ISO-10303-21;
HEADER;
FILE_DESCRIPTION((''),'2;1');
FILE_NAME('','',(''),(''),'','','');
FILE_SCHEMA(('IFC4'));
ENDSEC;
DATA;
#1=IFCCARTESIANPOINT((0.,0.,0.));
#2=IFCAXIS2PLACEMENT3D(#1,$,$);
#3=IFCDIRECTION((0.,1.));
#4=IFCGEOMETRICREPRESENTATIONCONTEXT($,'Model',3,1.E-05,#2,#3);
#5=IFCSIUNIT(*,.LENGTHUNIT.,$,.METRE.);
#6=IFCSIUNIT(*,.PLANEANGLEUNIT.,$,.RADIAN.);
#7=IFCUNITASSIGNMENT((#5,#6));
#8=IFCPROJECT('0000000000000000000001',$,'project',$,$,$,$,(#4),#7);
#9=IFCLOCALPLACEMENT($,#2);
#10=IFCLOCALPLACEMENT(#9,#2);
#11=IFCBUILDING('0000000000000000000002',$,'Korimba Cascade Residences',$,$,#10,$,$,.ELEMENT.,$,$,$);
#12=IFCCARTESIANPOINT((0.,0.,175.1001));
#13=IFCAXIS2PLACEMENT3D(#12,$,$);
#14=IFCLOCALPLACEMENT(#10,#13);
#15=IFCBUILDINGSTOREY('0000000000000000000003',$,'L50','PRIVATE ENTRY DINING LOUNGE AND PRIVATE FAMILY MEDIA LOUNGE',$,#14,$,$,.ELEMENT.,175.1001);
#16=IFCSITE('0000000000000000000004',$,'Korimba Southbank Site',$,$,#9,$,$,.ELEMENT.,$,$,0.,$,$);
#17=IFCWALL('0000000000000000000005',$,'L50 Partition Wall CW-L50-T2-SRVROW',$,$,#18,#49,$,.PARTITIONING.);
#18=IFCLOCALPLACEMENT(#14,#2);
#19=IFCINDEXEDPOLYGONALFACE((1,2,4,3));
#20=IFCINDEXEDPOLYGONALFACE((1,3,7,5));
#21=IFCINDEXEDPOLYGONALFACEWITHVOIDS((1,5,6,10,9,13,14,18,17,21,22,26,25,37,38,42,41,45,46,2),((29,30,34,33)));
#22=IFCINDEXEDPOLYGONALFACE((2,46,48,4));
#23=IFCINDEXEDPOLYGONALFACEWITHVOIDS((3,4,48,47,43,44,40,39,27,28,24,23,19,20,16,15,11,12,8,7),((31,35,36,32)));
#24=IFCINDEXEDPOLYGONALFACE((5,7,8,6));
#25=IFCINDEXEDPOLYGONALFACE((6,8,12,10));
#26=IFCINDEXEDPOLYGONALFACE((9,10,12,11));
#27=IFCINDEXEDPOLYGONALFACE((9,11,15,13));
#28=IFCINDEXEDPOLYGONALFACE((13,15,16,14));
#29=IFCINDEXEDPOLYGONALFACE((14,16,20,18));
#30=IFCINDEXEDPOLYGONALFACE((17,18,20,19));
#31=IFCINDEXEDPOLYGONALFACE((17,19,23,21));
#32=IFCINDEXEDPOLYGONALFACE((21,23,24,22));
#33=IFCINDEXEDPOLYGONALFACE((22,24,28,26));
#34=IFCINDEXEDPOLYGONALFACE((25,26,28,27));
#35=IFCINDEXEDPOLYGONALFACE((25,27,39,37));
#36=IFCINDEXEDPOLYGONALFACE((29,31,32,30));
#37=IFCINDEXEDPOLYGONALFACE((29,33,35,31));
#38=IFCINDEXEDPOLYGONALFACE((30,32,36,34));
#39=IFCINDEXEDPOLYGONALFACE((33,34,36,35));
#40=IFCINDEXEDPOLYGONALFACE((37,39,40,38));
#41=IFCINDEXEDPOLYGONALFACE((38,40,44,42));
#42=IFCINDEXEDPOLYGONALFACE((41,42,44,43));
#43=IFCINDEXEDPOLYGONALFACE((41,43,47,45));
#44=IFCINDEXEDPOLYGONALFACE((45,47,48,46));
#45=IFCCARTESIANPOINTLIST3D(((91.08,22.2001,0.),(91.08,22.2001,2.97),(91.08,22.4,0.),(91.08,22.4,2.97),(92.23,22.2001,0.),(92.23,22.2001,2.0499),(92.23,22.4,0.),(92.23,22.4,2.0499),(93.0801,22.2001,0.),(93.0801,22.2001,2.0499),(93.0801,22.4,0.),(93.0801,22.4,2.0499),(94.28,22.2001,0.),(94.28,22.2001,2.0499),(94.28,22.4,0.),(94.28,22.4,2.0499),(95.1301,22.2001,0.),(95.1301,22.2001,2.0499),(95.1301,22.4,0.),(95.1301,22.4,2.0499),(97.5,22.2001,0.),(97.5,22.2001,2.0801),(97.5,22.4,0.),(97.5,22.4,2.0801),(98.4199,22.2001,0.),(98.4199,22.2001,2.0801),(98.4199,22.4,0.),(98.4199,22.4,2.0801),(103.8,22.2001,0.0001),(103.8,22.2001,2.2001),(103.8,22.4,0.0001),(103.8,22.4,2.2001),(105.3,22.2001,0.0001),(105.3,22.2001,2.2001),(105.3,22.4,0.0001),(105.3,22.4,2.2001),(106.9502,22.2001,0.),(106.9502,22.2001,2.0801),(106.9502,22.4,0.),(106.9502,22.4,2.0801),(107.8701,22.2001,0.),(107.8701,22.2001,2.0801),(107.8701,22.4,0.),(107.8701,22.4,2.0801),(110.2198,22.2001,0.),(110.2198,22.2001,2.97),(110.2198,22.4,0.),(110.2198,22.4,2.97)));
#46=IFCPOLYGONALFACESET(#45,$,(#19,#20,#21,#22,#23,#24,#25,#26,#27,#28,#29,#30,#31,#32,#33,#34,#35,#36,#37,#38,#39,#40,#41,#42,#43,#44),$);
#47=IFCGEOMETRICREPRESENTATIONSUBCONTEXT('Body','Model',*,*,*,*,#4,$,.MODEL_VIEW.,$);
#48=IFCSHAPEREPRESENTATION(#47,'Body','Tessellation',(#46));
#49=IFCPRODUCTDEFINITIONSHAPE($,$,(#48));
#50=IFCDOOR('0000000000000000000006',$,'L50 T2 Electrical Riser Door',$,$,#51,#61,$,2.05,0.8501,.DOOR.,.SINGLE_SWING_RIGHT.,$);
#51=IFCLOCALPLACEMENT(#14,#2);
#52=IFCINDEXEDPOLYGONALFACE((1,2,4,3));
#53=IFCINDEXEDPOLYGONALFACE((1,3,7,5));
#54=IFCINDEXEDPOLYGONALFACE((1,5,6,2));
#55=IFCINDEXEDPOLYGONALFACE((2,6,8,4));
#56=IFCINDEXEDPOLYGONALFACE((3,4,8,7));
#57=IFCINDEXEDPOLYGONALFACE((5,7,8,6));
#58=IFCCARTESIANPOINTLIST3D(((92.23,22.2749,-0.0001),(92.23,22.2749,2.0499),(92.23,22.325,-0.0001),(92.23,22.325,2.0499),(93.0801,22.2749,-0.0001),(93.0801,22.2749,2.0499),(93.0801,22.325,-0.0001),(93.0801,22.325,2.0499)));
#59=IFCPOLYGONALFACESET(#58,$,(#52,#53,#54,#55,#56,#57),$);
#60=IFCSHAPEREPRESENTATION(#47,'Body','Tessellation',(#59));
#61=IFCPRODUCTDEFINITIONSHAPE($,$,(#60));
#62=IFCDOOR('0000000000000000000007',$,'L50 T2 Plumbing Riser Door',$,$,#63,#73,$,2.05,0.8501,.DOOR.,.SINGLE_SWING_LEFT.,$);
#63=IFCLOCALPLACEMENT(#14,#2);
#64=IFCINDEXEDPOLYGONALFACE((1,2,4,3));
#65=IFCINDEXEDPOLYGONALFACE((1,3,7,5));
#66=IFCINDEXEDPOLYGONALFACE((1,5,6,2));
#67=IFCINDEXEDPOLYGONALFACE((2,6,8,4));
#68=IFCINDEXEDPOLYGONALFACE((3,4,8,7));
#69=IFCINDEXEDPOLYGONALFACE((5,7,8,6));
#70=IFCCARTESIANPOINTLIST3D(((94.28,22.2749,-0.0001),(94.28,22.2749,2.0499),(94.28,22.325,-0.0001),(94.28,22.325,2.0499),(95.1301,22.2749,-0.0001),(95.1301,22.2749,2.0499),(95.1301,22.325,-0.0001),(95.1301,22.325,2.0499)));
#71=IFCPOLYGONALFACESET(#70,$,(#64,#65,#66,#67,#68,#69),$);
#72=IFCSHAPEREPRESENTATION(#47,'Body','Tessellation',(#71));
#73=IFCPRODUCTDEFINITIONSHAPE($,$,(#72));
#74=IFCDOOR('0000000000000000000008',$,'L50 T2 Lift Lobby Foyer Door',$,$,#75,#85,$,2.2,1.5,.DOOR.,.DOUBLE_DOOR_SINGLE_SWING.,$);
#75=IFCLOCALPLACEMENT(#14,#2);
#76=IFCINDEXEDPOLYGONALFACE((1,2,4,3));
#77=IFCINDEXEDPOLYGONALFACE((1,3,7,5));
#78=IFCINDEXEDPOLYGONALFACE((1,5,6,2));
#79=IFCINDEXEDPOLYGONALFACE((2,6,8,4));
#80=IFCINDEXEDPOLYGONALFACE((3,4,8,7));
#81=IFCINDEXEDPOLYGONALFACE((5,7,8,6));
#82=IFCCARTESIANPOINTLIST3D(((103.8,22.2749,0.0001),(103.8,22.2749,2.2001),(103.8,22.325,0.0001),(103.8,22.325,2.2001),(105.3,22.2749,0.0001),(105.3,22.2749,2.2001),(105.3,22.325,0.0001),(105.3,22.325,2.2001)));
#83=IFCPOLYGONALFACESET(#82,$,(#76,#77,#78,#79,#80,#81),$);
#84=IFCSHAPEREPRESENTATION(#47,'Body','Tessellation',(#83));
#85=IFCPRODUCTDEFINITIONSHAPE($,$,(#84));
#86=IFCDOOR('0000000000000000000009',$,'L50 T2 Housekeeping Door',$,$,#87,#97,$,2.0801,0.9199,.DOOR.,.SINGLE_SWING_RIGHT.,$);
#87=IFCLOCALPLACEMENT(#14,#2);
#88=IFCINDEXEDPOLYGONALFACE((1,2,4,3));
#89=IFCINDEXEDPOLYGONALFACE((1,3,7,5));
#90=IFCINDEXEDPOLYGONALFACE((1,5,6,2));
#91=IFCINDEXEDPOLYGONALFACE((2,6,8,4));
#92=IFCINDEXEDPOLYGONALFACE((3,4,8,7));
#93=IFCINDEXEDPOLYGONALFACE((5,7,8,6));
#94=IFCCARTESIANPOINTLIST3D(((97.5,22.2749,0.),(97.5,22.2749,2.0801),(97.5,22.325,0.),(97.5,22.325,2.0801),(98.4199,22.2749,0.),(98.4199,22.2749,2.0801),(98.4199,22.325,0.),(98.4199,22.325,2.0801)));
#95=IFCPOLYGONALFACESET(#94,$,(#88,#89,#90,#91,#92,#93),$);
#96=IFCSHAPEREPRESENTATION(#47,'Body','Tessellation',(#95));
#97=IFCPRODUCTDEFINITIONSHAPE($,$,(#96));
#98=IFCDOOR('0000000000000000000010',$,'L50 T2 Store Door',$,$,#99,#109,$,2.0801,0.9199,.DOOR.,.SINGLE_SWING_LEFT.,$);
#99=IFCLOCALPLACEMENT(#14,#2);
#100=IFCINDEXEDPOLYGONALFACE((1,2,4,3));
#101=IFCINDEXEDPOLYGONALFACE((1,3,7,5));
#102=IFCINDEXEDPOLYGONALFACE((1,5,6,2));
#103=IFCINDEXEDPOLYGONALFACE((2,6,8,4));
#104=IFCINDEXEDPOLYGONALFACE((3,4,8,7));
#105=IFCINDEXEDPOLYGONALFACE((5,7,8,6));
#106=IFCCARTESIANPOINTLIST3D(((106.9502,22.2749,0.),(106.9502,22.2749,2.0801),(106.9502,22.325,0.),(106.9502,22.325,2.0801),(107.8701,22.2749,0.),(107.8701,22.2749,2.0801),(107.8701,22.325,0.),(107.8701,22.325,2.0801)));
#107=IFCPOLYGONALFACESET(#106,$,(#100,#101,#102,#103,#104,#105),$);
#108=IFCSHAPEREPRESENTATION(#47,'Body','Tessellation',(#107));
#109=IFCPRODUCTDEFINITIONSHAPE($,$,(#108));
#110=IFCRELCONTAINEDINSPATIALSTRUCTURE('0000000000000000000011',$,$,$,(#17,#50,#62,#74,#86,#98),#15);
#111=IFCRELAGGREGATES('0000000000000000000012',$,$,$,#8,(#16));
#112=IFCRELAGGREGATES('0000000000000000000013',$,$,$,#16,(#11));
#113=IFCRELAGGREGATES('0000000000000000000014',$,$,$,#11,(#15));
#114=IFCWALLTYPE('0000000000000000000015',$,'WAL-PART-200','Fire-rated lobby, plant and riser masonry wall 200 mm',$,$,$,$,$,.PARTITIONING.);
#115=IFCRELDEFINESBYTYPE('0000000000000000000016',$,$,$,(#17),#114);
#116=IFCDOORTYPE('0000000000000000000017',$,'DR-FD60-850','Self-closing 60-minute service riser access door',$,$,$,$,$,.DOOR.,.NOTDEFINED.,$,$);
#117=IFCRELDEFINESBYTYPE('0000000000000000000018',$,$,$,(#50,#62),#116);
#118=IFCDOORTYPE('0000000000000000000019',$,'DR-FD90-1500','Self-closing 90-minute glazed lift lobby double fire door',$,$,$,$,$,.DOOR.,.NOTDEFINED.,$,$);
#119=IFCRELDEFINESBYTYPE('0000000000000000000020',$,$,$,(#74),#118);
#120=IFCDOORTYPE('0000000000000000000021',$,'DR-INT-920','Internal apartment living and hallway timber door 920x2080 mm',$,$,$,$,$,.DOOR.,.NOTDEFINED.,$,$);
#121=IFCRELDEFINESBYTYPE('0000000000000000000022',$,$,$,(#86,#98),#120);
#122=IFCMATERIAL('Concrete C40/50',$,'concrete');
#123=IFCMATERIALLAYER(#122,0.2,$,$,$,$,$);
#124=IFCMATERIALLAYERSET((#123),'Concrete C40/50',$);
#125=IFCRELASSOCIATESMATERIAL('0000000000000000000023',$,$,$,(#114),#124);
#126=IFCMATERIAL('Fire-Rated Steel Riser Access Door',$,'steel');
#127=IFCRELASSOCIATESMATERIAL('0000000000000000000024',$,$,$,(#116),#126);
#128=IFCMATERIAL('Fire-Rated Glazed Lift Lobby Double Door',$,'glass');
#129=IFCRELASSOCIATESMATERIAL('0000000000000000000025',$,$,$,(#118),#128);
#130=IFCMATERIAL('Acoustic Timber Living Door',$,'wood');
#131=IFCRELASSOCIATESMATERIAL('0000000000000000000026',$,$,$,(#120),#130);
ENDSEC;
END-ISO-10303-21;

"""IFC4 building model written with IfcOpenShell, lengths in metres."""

from ifc_helpers import new_model, si_unit, direction, frame, frame_2d, origin, place, context, subcontext, project, spatial, rectangle, extrude, material, layer, layer_set, type_object, element, fill, save


model = new_model("IFC4")

# Units and contexts
model_context = context("Model", 3, precision=1e-05, world=origin(), true_north=direction((0.0, 1.0)))
body_context = subcontext(model_context, "Body", "Model", "MODEL_VIEW")
ifc_project = project(units=[si_unit("LENGTHUNIT", "METRE"), si_unit("PLANEANGLEUNIT", "RADIAN")], contexts=[model_context])

# Site, building, storey
site_placement = place(None, origin())
site = spatial("IfcSite", under=ifc_project, at=site_placement, Name="Korimba Southbank Site", CompositionType="ELEMENT", RefElevation=0.0)
building_placement = place(site_placement, origin())
building = spatial("IfcBuilding", under=site, at=building_placement, Name="Korimba Cascade Residences", CompositionType="ELEMENT")
storey_placement = place(building_placement, frame((0.0, 0.0, 175.1001)))
storey = spatial("IfcBuildingStorey", under=building, at=storey_placement, Name="L50", Description="PRIVATE ENTRY DINING LOUNGE AND PRIVATE FAMILY MEDIA LOUNGE", CompositionType="ELEMENT", Elevation=175.1001)

# Shared definitions
ifc_material_1 = material(Name="Concrete C40/50", Category="concrete")
ifc_layer_1 = layer(ifc_material_1, 0.2)
ifc_layer_set_1 = layer_set([ifc_layer_1], Name="Concrete C40/50")
wall_type_1 = type_object("IfcWallType", Name="WAL-PART-200", Description="Fire-rated lobby, plant and riser masonry wall 200 mm", PredefinedType="PARTITIONING", material=ifc_layer_set_1)

# Wall, openings, doors
wall_1_placement = place(storey_placement, frame((91.0801, 22.3, 0.0), z_axis=(0.0, 0.0, 1.0), x_axis=(1.0, 0.0, 0.0)))
wall_1 = element("IfcWall", 1, at=wall_1_placement, inside=storey, type_object=wall_type_1, Name="L50 Partition Wall CW-L50-T2-SRVROW", PredefinedType="PARTITIONING", context=body_context, shape_type="SweptSolid", body=[
    extrude(rectangle(XDim=19.1399, YDim=0.2, at=frame_2d((9.5698, 0.0))), origin(), (0.0, 0.0, 1.0), 2.97),
])
opening_1_placement = place(wall_1_placement, frame((1.1499, 0.0, 0.0)))
opening_1 = element("IfcOpeningElement", 2, at=opening_1_placement, cuts=wall_1, PredefinedType="OPENING", context=body_context, shape_type="SweptSolid", body=[
    extrude(rectangle(XDim=0.8501, YDim=2.05, at=frame_2d((0.425, 1.0249))), frame((0.0, 0.1099, 0.0), z_axis=(0.0, -1.0, 0.0), x_axis=(1.0, 0.0, 0.0)), (0.0, 0.0, 1.0), 0.22),
])
opening_2_placement = place(wall_1_placement, frame((3.2, 0.0, 0.0)))
opening_2 = element("IfcOpeningElement", 3, at=opening_2_placement, cuts=wall_1, PredefinedType="OPENING", context=body_context, shape_type="SweptSolid", body=[
    extrude(rectangle(XDim=0.8501, YDim=2.05, at=frame_2d((0.425, 1.0249))), frame((0.0, 0.1099, 0.0), z_axis=(0.0, -1.0, 0.0), x_axis=(1.0, 0.0, 0.0)), (0.0, 0.0, 1.0), 0.22),
])
opening_3_placement = place(wall_1_placement, frame((12.72, 0.0, 0.0)))
opening_3 = element("IfcOpeningElement", 4, at=opening_3_placement, cuts=wall_1, PredefinedType="OPENING", context=body_context, shape_type="SweptSolid", body=[
    extrude(rectangle(XDim=1.5, YDim=2.2, at=frame_2d((0.75, 1.1001))), frame((0.0, 0.1099, 0.0), z_axis=(0.0, -1.0, 0.0), x_axis=(1.0, 0.0, 0.0)), (0.0, 0.0, 1.0), 0.22),
])
opening_4_placement = place(wall_1_placement, frame((6.4199, 0.0, 0.0)))
opening_4 = element("IfcOpeningElement", 5, at=opening_4_placement, cuts=wall_1, PredefinedType="OPENING", context=body_context, shape_type="SweptSolid", body=[
    extrude(rectangle(XDim=0.9199, YDim=2.0801, at=frame_2d((0.46, 1.04))), frame((0.0, 0.1099, 0.0), z_axis=(0.0, -1.0, 0.0), x_axis=(1.0, 0.0, 0.0)), (0.0, 0.0, 1.0), 0.22),
])
opening_5_placement = place(wall_1_placement, frame((15.8701, 0.0, 0.0)))
opening_5 = element("IfcOpeningElement", 6, at=opening_5_placement, cuts=wall_1, PredefinedType="OPENING", context=body_context, shape_type="SweptSolid", body=[
    extrude(rectangle(XDim=0.9199, YDim=2.0801, at=frame_2d((0.46, 1.04))), frame((0.0, 0.1099, 0.0), z_axis=(0.0, -1.0, 0.0), x_axis=(1.0, 0.0, 0.0)), (0.0, 0.0, 1.0), 0.22),
])
ifc_material_2 = material(Name="Fire-Rated Steel Riser Access Door", Category="steel")
door_type_1 = type_object("IfcDoorType", Name="DR-FD60-850", Description="Self-closing 60-minute service riser access door", OperationType="NOTDEFINED", PredefinedType="DOOR", material=ifc_material_2)
door_1_placement = place(opening_1_placement, origin())
door_1 = element("IfcDoor", 7, at=door_1_placement, inside=storey, type_object=door_type_1, Name="L50 T2 Electrical Riser Door", OperationType="SINGLE_SWING_RIGHT", OverallHeight=2.05, OverallWidth=0.8501, PredefinedType="DOOR", context=body_context, shape_type="SweptSolid", body=[
    extrude(rectangle(XDim=0.8501, YDim=2.05, at=frame_2d((0.425, 1.0249))), frame((0.0, 0.0249, 0.0), z_axis=(0.0, -1.0, 0.0), x_axis=(1.0, 0.0, 0.0)), (0.0, 0.0, 1.0), 0.05),
])
fill(opening_1, door_1)
door_2_placement = place(opening_2_placement, origin())
door_2 = element("IfcDoor", 8, at=door_2_placement, inside=storey, type_object=door_type_1, Name="L50 T2 Plumbing Riser Door", OperationType="SINGLE_SWING_LEFT", OverallHeight=2.05, OverallWidth=0.8501, PredefinedType="DOOR", context=body_context, shape_type="SweptSolid", body=[
    extrude(rectangle(XDim=0.8501, YDim=2.05, at=frame_2d((0.425, 1.0249))), frame((0.0, 0.0249, 0.0), z_axis=(0.0, -1.0, 0.0), x_axis=(1.0, 0.0, 0.0)), (0.0, 0.0, 1.0), 0.05),
])
fill(opening_2, door_2)
ifc_material_3 = material(Name="Fire-Rated Glazed Lift Lobby Double Door", Category="glass")
door_type_2 = type_object("IfcDoorType", Name="DR-FD90-1500", Description="Self-closing 90-minute glazed lift lobby double fire door", OperationType="NOTDEFINED", PredefinedType="DOOR", material=ifc_material_3)
door_3_placement = place(opening_3_placement, origin())
door_3 = element("IfcDoor", 9, at=door_3_placement, inside=storey, type_object=door_type_2, Name="L50 T2 Lift Lobby Foyer Door", OperationType="DOUBLE_DOOR_SINGLE_SWING", OverallHeight=2.2, OverallWidth=1.5, PredefinedType="DOOR", context=body_context, shape_type="SweptSolid", body=[
    extrude(rectangle(XDim=1.5, YDim=2.2, at=frame_2d((0.75, 1.1001))), frame((0.0, 0.0249, 0.0), z_axis=(0.0, -1.0, 0.0), x_axis=(1.0, 0.0, 0.0)), (0.0, 0.0, 1.0), 0.05),
])
fill(opening_3, door_3)
ifc_material_4 = material(Name="Acoustic Timber Living Door", Category="wood")
door_type_3 = type_object("IfcDoorType", Name="DR-INT-920", Description="Internal apartment living and hallway timber door 920x2080 mm", OperationType="NOTDEFINED", PredefinedType="DOOR", material=ifc_material_4)
door_4_placement = place(opening_4_placement, origin())
door_4 = element("IfcDoor", 10, at=door_4_placement, inside=storey, type_object=door_type_3, Name="L50 T2 Housekeeping Door", OperationType="SINGLE_SWING_RIGHT", OverallHeight=2.0801, OverallWidth=0.9199, PredefinedType="DOOR", context=body_context, shape_type="SweptSolid", body=[
    extrude(rectangle(XDim=0.9199, YDim=2.0801, at=frame_2d((0.46, 1.04))), frame((0.0, 0.0249, 0.0), z_axis=(0.0, -1.0, 0.0), x_axis=(1.0, 0.0, 0.0)), (0.0, 0.0, 1.0), 0.05),
])
fill(opening_4, door_4)
door_5_placement = place(opening_5_placement, origin())
door_5 = element("IfcDoor", 11, at=door_5_placement, inside=storey, type_object=door_type_3, Name="L50 T2 Store Door", OperationType="SINGLE_SWING_LEFT", OverallHeight=2.0801, OverallWidth=0.9199, PredefinedType="DOOR", context=body_context, shape_type="SweptSolid", body=[
    extrude(rectangle(XDim=0.9199, YDim=2.0801, at=frame_2d((0.46, 1.04))), frame((0.0, 0.0249, 0.0), z_axis=(0.0, -1.0, 0.0), x_axis=(1.0, 0.0, 0.0)), (0.0, 0.0, 1.0), 0.05),
])
fill(opening_5, door_5)

save(model, "model.ifc")
